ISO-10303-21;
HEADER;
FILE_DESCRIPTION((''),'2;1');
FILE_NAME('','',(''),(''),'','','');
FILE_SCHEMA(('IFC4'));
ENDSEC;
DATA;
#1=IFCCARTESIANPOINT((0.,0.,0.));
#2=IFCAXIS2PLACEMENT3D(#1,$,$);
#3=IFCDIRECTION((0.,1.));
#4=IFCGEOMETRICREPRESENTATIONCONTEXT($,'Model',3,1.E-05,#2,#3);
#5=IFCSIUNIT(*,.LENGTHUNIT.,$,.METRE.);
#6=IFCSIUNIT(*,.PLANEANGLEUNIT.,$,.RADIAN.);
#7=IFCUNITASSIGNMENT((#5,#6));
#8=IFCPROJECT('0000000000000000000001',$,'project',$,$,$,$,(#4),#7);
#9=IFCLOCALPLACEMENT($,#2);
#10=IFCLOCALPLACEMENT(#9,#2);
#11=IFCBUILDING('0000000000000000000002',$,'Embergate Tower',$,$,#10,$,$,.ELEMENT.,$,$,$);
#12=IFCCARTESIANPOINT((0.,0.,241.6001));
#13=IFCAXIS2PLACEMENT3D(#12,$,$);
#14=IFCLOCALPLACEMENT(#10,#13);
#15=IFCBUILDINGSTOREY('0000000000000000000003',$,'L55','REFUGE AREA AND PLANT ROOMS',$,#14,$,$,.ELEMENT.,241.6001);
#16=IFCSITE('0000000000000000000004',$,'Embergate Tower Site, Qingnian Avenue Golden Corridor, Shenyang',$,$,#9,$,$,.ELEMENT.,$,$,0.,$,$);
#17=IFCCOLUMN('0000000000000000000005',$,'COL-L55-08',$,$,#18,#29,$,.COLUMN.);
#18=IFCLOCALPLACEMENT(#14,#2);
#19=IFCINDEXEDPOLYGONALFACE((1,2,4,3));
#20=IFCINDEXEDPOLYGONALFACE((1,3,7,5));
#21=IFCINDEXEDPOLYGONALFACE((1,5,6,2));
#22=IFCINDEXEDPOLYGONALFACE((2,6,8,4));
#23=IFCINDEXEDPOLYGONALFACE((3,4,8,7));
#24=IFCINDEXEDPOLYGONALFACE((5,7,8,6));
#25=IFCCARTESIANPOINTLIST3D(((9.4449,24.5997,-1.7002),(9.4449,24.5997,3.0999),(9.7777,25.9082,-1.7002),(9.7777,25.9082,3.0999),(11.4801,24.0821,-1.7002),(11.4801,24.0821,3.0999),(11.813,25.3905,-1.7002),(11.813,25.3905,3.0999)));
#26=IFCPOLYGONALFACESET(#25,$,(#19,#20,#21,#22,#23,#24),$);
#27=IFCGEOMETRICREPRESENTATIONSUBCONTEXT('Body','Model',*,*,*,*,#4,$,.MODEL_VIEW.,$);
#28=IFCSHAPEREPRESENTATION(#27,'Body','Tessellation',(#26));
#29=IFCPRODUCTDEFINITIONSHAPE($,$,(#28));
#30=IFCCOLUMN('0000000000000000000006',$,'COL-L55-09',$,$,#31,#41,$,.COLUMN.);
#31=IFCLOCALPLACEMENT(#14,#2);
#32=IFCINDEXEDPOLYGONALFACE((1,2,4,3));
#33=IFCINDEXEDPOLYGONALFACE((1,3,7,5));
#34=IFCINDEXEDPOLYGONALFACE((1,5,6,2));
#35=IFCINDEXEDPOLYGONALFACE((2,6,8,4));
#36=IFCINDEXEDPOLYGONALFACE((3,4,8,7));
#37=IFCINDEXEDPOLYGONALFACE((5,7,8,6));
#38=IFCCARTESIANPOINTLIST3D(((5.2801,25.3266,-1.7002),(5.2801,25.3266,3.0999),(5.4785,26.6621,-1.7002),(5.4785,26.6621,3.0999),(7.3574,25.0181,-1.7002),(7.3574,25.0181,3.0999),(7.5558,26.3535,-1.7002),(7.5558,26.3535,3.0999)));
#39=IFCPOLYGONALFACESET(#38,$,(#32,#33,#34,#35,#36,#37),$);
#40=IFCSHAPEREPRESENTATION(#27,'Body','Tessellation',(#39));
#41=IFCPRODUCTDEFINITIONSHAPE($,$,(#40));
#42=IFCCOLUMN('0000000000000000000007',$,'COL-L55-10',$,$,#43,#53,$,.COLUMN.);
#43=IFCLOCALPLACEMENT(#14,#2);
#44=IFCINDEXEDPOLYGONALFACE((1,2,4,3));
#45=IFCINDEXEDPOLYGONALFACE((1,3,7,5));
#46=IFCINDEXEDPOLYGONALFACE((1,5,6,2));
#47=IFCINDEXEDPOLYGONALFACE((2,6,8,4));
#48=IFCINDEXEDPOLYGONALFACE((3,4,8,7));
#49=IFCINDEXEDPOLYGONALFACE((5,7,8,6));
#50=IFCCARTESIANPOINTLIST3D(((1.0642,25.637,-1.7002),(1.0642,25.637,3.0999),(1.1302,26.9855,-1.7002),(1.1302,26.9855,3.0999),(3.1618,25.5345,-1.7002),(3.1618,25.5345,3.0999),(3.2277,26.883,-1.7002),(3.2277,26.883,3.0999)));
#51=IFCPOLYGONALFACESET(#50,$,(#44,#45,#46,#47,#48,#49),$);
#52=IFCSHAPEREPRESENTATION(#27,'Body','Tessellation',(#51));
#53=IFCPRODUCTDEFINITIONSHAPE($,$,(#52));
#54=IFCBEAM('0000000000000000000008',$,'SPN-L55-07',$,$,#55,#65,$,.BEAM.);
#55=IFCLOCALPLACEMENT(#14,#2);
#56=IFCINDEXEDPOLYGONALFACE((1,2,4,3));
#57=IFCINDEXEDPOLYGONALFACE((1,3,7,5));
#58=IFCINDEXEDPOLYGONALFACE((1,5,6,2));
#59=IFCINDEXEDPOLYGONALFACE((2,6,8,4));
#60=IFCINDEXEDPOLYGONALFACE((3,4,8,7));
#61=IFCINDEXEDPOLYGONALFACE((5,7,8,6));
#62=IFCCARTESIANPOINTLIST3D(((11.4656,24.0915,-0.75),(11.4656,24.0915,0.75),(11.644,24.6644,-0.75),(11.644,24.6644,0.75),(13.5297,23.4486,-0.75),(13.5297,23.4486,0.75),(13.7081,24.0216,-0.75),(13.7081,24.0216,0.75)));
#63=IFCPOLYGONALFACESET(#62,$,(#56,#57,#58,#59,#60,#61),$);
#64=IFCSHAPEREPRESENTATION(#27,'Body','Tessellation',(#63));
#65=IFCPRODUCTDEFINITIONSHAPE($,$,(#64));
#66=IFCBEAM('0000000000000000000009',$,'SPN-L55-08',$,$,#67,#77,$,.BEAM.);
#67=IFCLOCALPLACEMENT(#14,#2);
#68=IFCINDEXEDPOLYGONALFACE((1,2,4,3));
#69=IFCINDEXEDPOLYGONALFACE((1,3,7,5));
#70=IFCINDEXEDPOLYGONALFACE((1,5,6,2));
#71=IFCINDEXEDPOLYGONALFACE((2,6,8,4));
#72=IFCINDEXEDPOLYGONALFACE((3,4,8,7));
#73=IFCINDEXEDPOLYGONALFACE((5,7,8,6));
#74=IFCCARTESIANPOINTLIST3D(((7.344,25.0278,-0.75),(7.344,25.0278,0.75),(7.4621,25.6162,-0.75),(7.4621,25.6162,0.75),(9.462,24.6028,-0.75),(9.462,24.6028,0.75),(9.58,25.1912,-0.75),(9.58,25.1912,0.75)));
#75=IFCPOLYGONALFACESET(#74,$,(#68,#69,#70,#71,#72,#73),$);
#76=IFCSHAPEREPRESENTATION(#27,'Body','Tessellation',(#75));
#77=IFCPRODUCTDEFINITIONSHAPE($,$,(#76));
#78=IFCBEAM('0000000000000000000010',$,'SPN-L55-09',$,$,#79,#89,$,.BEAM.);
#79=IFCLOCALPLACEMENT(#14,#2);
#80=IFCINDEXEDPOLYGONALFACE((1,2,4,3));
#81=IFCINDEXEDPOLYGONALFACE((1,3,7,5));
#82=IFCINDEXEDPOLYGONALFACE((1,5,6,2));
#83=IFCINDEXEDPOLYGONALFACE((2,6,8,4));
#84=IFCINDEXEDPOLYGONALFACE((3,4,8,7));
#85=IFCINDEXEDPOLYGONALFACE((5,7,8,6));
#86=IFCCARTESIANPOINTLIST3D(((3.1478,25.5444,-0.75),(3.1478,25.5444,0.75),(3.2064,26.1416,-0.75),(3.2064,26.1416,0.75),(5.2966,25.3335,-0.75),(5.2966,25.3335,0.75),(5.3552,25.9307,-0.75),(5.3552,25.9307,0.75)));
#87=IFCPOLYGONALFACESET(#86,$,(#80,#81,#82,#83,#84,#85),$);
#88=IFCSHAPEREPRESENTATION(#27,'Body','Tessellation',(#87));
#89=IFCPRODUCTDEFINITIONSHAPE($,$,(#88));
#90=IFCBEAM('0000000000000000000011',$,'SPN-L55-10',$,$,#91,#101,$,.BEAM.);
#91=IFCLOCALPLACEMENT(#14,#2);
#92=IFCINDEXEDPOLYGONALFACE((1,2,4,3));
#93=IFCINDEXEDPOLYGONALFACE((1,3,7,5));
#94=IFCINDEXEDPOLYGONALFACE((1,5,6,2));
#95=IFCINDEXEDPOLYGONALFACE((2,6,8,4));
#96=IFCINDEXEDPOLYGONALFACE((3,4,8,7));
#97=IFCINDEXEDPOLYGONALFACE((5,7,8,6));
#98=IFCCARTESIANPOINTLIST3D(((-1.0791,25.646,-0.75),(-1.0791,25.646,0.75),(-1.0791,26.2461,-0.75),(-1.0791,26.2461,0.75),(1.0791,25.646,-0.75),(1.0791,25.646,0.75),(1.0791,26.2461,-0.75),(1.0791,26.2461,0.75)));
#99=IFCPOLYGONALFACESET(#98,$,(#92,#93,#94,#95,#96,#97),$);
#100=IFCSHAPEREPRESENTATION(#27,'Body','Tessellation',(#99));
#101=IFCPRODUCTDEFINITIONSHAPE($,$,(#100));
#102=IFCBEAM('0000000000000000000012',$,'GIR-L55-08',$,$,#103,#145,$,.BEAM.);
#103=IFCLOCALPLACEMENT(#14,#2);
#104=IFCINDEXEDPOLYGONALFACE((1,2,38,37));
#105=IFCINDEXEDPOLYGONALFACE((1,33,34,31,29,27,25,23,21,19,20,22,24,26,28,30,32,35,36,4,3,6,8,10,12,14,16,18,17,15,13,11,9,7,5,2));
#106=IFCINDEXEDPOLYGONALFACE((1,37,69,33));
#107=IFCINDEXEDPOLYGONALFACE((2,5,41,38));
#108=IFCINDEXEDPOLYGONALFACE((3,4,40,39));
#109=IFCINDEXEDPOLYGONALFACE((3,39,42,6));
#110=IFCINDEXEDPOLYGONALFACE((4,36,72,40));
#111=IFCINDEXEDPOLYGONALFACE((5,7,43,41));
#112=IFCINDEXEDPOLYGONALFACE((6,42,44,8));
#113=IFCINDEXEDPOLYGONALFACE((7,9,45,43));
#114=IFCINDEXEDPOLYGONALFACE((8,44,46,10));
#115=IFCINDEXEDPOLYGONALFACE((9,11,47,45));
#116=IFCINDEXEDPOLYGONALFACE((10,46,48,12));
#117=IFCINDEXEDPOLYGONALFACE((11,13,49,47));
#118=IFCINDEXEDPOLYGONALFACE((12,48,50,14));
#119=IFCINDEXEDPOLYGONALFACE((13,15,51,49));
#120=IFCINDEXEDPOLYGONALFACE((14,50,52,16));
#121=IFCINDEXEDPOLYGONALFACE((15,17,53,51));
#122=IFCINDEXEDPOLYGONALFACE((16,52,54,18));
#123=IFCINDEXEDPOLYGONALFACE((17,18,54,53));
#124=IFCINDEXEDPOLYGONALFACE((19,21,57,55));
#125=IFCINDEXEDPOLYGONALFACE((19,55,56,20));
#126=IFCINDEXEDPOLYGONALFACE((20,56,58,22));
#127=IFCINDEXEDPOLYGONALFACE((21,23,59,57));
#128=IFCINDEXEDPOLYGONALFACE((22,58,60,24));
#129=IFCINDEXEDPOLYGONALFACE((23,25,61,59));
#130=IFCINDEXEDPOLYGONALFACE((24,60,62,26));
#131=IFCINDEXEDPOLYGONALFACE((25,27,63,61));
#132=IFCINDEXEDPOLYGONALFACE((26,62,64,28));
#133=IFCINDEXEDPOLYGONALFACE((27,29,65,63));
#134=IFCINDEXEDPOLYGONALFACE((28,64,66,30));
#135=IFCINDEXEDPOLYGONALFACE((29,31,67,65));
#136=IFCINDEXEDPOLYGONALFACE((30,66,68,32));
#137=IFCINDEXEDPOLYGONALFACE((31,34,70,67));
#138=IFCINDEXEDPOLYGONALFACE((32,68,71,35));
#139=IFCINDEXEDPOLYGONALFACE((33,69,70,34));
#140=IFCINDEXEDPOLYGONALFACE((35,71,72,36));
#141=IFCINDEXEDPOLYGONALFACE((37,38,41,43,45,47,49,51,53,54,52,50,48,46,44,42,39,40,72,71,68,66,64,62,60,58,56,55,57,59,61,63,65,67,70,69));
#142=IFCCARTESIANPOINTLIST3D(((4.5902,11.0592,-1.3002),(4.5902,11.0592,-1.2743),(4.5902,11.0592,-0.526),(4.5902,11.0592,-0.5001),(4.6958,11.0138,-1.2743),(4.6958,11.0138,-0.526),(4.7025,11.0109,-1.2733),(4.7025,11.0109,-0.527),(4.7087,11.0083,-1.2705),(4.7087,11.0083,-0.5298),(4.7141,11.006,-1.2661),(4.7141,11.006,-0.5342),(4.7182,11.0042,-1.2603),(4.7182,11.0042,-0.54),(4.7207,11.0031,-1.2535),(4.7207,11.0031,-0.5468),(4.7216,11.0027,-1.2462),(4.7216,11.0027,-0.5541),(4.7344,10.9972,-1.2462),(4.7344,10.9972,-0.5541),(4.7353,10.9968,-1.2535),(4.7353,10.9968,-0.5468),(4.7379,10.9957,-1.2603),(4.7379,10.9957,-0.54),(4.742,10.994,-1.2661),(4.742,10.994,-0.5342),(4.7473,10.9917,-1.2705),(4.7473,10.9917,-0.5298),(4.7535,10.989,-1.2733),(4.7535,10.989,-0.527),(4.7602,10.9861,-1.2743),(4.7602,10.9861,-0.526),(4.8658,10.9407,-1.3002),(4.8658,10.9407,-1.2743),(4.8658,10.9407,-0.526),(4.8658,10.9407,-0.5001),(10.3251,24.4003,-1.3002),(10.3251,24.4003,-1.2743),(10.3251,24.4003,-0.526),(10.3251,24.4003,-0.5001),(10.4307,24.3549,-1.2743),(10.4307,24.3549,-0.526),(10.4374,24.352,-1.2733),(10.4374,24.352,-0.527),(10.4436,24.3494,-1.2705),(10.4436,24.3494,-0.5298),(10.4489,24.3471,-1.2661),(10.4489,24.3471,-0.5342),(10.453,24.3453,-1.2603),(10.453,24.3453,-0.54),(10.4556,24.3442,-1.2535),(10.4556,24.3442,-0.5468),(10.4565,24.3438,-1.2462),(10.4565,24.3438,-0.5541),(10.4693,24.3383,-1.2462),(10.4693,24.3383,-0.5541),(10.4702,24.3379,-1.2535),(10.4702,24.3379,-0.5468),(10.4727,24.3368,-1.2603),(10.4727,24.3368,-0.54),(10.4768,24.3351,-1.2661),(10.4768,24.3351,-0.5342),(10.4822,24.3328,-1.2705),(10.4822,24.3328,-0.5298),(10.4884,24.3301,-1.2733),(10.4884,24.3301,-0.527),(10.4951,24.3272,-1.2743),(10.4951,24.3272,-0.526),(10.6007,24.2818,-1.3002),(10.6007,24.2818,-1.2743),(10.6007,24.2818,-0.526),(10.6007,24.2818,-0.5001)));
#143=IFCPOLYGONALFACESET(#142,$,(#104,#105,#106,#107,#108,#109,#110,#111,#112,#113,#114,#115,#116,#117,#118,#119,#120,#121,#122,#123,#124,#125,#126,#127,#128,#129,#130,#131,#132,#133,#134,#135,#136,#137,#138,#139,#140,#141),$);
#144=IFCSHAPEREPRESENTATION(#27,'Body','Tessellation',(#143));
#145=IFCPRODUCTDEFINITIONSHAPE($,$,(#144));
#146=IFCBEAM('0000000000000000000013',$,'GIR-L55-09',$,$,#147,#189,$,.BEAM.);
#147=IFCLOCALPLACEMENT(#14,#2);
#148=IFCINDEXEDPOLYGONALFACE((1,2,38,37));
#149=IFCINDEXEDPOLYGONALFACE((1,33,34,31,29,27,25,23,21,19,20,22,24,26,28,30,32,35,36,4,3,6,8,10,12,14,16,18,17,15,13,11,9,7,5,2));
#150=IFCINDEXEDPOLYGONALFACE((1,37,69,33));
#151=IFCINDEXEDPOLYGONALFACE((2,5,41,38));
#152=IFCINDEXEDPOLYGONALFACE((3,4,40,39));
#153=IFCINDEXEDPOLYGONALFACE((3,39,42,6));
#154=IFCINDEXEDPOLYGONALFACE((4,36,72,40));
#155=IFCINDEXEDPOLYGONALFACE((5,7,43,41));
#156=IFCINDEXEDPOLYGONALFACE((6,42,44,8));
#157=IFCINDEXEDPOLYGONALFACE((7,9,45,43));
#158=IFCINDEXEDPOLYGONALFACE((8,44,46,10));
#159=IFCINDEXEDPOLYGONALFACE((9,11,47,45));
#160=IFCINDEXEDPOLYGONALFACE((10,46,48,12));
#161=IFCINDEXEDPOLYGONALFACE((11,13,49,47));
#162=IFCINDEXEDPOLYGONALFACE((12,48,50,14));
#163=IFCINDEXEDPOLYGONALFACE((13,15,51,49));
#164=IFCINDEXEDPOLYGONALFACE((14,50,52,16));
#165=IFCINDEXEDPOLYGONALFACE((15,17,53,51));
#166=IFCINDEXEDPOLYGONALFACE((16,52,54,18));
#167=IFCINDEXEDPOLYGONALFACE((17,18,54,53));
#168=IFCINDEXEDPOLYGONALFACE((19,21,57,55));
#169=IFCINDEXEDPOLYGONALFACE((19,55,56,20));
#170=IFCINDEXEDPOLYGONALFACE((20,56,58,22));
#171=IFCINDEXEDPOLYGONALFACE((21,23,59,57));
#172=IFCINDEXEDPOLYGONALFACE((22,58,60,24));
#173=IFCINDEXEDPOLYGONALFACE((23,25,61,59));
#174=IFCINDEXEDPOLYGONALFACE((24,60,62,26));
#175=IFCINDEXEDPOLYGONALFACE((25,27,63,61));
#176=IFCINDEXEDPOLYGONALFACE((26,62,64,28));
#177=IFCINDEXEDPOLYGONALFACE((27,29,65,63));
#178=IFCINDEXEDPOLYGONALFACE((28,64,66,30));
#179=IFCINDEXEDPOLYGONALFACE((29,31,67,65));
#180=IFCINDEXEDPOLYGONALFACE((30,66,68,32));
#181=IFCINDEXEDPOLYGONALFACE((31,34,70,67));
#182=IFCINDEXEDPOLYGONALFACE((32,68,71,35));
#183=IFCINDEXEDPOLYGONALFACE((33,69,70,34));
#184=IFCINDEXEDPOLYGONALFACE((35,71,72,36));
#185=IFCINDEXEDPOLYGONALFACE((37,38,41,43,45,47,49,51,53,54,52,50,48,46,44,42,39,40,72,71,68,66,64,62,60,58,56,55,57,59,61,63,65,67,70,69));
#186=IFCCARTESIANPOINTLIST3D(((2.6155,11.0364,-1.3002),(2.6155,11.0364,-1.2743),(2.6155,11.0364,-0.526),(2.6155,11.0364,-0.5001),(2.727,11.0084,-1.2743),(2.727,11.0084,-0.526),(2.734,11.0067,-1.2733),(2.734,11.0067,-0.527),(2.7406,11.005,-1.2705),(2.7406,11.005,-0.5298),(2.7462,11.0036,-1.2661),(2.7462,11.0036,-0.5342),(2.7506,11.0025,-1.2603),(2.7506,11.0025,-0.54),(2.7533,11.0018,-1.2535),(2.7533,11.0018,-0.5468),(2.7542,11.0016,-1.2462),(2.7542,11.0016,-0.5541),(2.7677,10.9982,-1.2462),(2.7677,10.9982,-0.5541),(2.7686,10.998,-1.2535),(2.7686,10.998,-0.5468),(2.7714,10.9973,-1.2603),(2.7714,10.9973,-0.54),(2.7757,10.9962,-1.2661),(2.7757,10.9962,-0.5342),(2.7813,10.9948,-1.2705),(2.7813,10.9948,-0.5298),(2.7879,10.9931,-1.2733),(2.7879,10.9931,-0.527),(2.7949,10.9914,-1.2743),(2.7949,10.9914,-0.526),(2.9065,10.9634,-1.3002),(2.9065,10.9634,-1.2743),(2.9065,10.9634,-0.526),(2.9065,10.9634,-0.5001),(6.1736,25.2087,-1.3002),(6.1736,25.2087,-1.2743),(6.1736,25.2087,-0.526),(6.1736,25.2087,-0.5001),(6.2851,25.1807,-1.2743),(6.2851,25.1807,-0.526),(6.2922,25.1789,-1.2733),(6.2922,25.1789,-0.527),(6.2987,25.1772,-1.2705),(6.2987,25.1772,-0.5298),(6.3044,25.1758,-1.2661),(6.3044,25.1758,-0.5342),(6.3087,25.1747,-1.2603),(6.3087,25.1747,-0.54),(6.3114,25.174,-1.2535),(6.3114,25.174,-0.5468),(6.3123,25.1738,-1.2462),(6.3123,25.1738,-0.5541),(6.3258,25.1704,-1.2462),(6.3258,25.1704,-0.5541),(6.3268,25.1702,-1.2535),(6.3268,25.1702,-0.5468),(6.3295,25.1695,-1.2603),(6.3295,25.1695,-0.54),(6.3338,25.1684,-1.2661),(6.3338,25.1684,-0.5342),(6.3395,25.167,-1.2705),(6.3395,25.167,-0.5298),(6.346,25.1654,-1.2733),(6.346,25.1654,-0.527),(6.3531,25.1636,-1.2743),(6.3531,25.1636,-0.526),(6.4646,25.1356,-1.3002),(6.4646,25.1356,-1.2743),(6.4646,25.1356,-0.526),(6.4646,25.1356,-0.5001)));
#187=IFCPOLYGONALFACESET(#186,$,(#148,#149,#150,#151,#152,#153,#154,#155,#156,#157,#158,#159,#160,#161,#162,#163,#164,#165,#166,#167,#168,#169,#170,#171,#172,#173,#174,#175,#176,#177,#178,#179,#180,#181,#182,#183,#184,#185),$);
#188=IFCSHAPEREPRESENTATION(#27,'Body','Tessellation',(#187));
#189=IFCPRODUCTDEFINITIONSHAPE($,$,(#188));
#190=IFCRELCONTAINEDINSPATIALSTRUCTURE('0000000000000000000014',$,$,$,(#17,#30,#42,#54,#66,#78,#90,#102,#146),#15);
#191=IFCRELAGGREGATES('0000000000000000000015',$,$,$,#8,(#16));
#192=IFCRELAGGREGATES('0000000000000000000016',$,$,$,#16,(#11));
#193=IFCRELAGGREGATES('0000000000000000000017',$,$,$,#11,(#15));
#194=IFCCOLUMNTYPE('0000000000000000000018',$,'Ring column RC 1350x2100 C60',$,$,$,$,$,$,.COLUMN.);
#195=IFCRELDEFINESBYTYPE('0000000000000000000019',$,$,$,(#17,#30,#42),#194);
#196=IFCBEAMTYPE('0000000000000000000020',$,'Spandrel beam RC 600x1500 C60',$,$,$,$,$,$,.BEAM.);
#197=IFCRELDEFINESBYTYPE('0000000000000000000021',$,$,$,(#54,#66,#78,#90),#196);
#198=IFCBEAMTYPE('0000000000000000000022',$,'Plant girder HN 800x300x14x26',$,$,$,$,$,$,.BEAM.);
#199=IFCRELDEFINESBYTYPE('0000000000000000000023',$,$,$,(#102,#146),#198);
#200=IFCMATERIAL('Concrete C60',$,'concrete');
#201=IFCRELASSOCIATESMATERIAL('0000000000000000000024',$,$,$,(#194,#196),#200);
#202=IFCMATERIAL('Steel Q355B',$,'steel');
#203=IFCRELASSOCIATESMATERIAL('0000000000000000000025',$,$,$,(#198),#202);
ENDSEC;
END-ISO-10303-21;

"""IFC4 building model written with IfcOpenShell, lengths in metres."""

from ifc_helpers import new_model, si_unit, direction, frame, origin, origin_2d, place, context, subcontext, project, spatial, rectangle, i_section, extrude, source, transform, mapped, material, material_profile, profile_set, type_object, element, save


model = new_model("IFC4")

# Units and contexts
model_context = context("Model", 3, precision=1e-05, world=origin(), true_north=direction((0.0, 1.0)))
body_context = subcontext(model_context, "Body", "Model", "MODEL_VIEW")
ifc_project = project(units=[si_unit("LENGTHUNIT", "METRE"), si_unit("PLANEANGLEUNIT", "RADIAN")], contexts=[model_context])

# Site, building, storey
site_placement = place(None, origin())
site = spatial("IfcSite", under=ifc_project, at=site_placement, Name="Embergate Tower Site, Qingnian Avenue Golden Corridor, Shenyang", CompositionType="ELEMENT", RefElevation=0.0)
building_placement = place(site_placement, origin())
building = spatial("IfcBuilding", under=site, at=building_placement, Name="Embergate Tower", CompositionType="ELEMENT")
storey_placement = place(building_placement, frame((0.0, 0.0, 241.6001)))
storey = spatial("IfcBuildingStorey", under=building, at=storey_placement, Name="L55", Description="REFUGE AREA AND PLANT ROOMS", CompositionType="ELEMENT", Elevation=241.6001)

# Columns
ifc_material_1 = material(Name="Concrete C60", Category="concrete")
ifc_material_profile_1 = material_profile(ifc_material_1, rectangle(XDim=1.3501, YDim=2.1001, at=origin_2d()), Name="RC 1350x2100")
ifc_profile_set_1 = profile_set([ifc_material_profile_1], Name="Concrete C60")
column_type = type_object("IfcColumnType", Name="Ring column RC 1350x2100 C60", PredefinedType="COLUMN", material=ifc_profile_set_1)
shared_shape_1 = source(origin(), body_context, "Body", "SweptSolid", [
    extrude(rectangle(XDim=1.3501, YDim=2.1001, at=origin_2d()), origin(), (0.0, 0.0, 1.0), 4.8),
])
for number, where, z_axis, x_axis, name in (
    (1, (10.6289, 24.9951, -1.7002), (0.0, 0.0, 1.0), (0.246509, 0.969141, 0.0), "COL-L55-08"),
    (2, (6.418, 25.8401, -1.7002), (0.0, 0.0, 1.0), (0.146929, 0.989147, 0.0), "COL-L55-09"),
    (3, (2.146, 26.26, -1.7002), (0.0, 0.0, 1.0), (0.048815, 0.998808, 0.0), "COL-L55-10"),
):
    element("IfcColumn", number, at=place(storey_placement, frame(where, z_axis=z_axis, x_axis=x_axis)), inside=storey, type_object=column_type, Name=name, PredefinedType="COLUMN", context=body_context, shape_type="MappedRepresentation", body=[
        mapped(shared_shape_1, transform((0.0, 0.0, 0.0))),
    ])

# Beams
ifc_material_profile_2 = material_profile(ifc_material_1, rectangle(XDim=0.6001, YDim=1.5, at=origin_2d()), Name="RC 600x1500")
ifc_profile_set_2 = profile_set([ifc_material_profile_2], Name="Concrete C60")
beam_type_1 = type_object("IfcBeamType", Name="Spandrel beam RC 600x1500 C60", PredefinedType="BEAM", material=ifc_profile_set_2)
shared_shape_2 = source(origin(), body_context, "Body", "SweptSolid", [
    extrude(rectangle(XDim=0.6001, YDim=1.5, at=origin_2d()), origin(), (0.0, 0.0, 1.0), 2.1619),
])
beam_1_placement = place(storey_placement, frame((13.6189, 23.7351, 0.0), z_axis=(-0.954765, 0.297362, 0.0), x_axis=(-0.297362, -0.954765, 0.0)))
element("IfcBeam", 4, at=beam_1_placement, inside=storey, type_object=beam_type_1, Name="SPN-L55-07", PredefinedType="BEAM", context=body_context, shape_type="MappedRepresentation", body=[
    mapped(shared_shape_2, transform((0.0, 0.0, 0.0))),
])
shared_shape_3 = source(origin(), body_context, "Body", "SweptSolid", [
    extrude(rectangle(XDim=0.6001, YDim=1.5, at=origin_2d()), origin(), (0.0, 0.0, 1.0), 2.1602),
])
beam_2_placement = place(storey_placement, frame((9.521, 24.897, 0.0), z_axis=(-0.98045, 0.196768, 0.0), x_axis=(-0.196768, -0.98045, 0.0)))
element("IfcBeam", 5, at=beam_2_placement, inside=storey, type_object=beam_type_1, Name="SPN-L55-08", PredefinedType="BEAM", context=body_context, shape_type="MappedRepresentation", body=[
    mapped(shared_shape_3, transform((0.0, 0.0, 0.0))),
])
shared_shape_4 = source(origin(), body_context, "Body", "SweptSolid", [
    extrude(rectangle(XDim=0.6001, YDim=1.5, at=origin_2d()), origin(), (0.0, 0.0, 1.0), 2.1592),
])
beam_3_placement = place(storey_placement, frame((5.3259, 25.6321, 0.0), z_axis=(-0.995217, 0.09769, 0.0), x_axis=(-0.09769, -0.995217, 0.0)))
element("IfcBeam", 6, at=beam_3_placement, inside=storey, type_object=beam_type_1, Name="SPN-L55-09", PredefinedType="BEAM", context=body_context, shape_type="MappedRepresentation", body=[
    mapped(shared_shape_4, transform((0.0, 0.0, 0.0))),
])
shared_shape_5 = source(origin(), body_context, "Body", "SweptSolid", [
    extrude(rectangle(XDim=0.6001, YDim=1.5, at=origin_2d()), origin(), (0.0, 0.0, 1.0), 2.1582),
])
beam_4_placement = place(storey_placement, frame((1.0791, 25.946, 0.0), z_axis=(-1.0, 0.0, 0.0), x_axis=(0.0, -1.0, 0.0)))
element("IfcBeam", 7, at=beam_4_placement, inside=storey, type_object=beam_type_1, Name="SPN-L55-10", PredefinedType="BEAM", context=body_context, shape_type="MappedRepresentation", body=[
    mapped(shared_shape_5, transform((0.0, 0.0, 0.0))),
])
ifc_material_2 = material(Name="Steel Q355B", Category="steel")
ifc_material_profile_3 = material_profile(ifc_material_2, i_section(OverallWidth=0.3, OverallDepth=0.8, WebThickness=0.0139, FlangeThickness=0.0259, FilletRadius=0.0281, at=origin_2d()), Name="HN 800x300x14x26")
ifc_profile_set_3 = profile_set([ifc_material_profile_3], Name="Steel Q355 grade B")
beam_type_2 = type_object("IfcBeamType", Name="Plant girder HN 800x300x14x26", PredefinedType="BEAM", material=ifc_profile_set_3)
shared_shape_6 = source(origin(), body_context, "Body", "SweptSolid", [
    extrude(i_section(OverallWidth=0.3, OverallDepth=0.8, WebThickness=0.0139, FlangeThickness=0.0259, FilletRadius=0.0281, at=origin_2d()), origin(), (0.0, 0.0, 1.0), 14.5215),
])
beam_5_placement = place(storey_placement, frame((10.4629, 24.3411, -0.9001), z_axis=(-0.394923, -0.918714, 0.0), x_axis=(0.918714, -0.394923, 0.0)))
element("IfcBeam", 8, at=beam_5_placement, inside=storey, type_object=beam_type_2, Name="GIR-L55-08", PredefinedType="BEAM", context=body_context, shape_type="MappedRepresentation", body=[
    mapped(shared_shape_6, transform((0.0, 0.0, 0.0))),
])
shared_shape_7 = source(origin(), body_context, "Body", "SweptSolid", [
    extrude(i_section(OverallWidth=0.3, OverallDepth=0.8, WebThickness=0.0139, FlangeThickness=0.0259, FilletRadius=0.0281, at=origin_2d()), origin(), (0.0, 0.0, 1.0), 14.6121),
])
beam_6_placement = place(storey_placement, frame((6.3191, 25.1721, -0.9001), z_axis=(-0.243507, -0.969899, 0.0), x_axis=(0.969899, -0.243507, 0.0)))
element("IfcBeam", 9, at=beam_6_placement, inside=storey, type_object=beam_type_2, Name="GIR-L55-09", PredefinedType="BEAM", context=body_context, shape_type="MappedRepresentation", body=[
    mapped(shared_shape_7, transform((0.0, 0.0, 0.0))),
])

save(model, "model.ifc")
